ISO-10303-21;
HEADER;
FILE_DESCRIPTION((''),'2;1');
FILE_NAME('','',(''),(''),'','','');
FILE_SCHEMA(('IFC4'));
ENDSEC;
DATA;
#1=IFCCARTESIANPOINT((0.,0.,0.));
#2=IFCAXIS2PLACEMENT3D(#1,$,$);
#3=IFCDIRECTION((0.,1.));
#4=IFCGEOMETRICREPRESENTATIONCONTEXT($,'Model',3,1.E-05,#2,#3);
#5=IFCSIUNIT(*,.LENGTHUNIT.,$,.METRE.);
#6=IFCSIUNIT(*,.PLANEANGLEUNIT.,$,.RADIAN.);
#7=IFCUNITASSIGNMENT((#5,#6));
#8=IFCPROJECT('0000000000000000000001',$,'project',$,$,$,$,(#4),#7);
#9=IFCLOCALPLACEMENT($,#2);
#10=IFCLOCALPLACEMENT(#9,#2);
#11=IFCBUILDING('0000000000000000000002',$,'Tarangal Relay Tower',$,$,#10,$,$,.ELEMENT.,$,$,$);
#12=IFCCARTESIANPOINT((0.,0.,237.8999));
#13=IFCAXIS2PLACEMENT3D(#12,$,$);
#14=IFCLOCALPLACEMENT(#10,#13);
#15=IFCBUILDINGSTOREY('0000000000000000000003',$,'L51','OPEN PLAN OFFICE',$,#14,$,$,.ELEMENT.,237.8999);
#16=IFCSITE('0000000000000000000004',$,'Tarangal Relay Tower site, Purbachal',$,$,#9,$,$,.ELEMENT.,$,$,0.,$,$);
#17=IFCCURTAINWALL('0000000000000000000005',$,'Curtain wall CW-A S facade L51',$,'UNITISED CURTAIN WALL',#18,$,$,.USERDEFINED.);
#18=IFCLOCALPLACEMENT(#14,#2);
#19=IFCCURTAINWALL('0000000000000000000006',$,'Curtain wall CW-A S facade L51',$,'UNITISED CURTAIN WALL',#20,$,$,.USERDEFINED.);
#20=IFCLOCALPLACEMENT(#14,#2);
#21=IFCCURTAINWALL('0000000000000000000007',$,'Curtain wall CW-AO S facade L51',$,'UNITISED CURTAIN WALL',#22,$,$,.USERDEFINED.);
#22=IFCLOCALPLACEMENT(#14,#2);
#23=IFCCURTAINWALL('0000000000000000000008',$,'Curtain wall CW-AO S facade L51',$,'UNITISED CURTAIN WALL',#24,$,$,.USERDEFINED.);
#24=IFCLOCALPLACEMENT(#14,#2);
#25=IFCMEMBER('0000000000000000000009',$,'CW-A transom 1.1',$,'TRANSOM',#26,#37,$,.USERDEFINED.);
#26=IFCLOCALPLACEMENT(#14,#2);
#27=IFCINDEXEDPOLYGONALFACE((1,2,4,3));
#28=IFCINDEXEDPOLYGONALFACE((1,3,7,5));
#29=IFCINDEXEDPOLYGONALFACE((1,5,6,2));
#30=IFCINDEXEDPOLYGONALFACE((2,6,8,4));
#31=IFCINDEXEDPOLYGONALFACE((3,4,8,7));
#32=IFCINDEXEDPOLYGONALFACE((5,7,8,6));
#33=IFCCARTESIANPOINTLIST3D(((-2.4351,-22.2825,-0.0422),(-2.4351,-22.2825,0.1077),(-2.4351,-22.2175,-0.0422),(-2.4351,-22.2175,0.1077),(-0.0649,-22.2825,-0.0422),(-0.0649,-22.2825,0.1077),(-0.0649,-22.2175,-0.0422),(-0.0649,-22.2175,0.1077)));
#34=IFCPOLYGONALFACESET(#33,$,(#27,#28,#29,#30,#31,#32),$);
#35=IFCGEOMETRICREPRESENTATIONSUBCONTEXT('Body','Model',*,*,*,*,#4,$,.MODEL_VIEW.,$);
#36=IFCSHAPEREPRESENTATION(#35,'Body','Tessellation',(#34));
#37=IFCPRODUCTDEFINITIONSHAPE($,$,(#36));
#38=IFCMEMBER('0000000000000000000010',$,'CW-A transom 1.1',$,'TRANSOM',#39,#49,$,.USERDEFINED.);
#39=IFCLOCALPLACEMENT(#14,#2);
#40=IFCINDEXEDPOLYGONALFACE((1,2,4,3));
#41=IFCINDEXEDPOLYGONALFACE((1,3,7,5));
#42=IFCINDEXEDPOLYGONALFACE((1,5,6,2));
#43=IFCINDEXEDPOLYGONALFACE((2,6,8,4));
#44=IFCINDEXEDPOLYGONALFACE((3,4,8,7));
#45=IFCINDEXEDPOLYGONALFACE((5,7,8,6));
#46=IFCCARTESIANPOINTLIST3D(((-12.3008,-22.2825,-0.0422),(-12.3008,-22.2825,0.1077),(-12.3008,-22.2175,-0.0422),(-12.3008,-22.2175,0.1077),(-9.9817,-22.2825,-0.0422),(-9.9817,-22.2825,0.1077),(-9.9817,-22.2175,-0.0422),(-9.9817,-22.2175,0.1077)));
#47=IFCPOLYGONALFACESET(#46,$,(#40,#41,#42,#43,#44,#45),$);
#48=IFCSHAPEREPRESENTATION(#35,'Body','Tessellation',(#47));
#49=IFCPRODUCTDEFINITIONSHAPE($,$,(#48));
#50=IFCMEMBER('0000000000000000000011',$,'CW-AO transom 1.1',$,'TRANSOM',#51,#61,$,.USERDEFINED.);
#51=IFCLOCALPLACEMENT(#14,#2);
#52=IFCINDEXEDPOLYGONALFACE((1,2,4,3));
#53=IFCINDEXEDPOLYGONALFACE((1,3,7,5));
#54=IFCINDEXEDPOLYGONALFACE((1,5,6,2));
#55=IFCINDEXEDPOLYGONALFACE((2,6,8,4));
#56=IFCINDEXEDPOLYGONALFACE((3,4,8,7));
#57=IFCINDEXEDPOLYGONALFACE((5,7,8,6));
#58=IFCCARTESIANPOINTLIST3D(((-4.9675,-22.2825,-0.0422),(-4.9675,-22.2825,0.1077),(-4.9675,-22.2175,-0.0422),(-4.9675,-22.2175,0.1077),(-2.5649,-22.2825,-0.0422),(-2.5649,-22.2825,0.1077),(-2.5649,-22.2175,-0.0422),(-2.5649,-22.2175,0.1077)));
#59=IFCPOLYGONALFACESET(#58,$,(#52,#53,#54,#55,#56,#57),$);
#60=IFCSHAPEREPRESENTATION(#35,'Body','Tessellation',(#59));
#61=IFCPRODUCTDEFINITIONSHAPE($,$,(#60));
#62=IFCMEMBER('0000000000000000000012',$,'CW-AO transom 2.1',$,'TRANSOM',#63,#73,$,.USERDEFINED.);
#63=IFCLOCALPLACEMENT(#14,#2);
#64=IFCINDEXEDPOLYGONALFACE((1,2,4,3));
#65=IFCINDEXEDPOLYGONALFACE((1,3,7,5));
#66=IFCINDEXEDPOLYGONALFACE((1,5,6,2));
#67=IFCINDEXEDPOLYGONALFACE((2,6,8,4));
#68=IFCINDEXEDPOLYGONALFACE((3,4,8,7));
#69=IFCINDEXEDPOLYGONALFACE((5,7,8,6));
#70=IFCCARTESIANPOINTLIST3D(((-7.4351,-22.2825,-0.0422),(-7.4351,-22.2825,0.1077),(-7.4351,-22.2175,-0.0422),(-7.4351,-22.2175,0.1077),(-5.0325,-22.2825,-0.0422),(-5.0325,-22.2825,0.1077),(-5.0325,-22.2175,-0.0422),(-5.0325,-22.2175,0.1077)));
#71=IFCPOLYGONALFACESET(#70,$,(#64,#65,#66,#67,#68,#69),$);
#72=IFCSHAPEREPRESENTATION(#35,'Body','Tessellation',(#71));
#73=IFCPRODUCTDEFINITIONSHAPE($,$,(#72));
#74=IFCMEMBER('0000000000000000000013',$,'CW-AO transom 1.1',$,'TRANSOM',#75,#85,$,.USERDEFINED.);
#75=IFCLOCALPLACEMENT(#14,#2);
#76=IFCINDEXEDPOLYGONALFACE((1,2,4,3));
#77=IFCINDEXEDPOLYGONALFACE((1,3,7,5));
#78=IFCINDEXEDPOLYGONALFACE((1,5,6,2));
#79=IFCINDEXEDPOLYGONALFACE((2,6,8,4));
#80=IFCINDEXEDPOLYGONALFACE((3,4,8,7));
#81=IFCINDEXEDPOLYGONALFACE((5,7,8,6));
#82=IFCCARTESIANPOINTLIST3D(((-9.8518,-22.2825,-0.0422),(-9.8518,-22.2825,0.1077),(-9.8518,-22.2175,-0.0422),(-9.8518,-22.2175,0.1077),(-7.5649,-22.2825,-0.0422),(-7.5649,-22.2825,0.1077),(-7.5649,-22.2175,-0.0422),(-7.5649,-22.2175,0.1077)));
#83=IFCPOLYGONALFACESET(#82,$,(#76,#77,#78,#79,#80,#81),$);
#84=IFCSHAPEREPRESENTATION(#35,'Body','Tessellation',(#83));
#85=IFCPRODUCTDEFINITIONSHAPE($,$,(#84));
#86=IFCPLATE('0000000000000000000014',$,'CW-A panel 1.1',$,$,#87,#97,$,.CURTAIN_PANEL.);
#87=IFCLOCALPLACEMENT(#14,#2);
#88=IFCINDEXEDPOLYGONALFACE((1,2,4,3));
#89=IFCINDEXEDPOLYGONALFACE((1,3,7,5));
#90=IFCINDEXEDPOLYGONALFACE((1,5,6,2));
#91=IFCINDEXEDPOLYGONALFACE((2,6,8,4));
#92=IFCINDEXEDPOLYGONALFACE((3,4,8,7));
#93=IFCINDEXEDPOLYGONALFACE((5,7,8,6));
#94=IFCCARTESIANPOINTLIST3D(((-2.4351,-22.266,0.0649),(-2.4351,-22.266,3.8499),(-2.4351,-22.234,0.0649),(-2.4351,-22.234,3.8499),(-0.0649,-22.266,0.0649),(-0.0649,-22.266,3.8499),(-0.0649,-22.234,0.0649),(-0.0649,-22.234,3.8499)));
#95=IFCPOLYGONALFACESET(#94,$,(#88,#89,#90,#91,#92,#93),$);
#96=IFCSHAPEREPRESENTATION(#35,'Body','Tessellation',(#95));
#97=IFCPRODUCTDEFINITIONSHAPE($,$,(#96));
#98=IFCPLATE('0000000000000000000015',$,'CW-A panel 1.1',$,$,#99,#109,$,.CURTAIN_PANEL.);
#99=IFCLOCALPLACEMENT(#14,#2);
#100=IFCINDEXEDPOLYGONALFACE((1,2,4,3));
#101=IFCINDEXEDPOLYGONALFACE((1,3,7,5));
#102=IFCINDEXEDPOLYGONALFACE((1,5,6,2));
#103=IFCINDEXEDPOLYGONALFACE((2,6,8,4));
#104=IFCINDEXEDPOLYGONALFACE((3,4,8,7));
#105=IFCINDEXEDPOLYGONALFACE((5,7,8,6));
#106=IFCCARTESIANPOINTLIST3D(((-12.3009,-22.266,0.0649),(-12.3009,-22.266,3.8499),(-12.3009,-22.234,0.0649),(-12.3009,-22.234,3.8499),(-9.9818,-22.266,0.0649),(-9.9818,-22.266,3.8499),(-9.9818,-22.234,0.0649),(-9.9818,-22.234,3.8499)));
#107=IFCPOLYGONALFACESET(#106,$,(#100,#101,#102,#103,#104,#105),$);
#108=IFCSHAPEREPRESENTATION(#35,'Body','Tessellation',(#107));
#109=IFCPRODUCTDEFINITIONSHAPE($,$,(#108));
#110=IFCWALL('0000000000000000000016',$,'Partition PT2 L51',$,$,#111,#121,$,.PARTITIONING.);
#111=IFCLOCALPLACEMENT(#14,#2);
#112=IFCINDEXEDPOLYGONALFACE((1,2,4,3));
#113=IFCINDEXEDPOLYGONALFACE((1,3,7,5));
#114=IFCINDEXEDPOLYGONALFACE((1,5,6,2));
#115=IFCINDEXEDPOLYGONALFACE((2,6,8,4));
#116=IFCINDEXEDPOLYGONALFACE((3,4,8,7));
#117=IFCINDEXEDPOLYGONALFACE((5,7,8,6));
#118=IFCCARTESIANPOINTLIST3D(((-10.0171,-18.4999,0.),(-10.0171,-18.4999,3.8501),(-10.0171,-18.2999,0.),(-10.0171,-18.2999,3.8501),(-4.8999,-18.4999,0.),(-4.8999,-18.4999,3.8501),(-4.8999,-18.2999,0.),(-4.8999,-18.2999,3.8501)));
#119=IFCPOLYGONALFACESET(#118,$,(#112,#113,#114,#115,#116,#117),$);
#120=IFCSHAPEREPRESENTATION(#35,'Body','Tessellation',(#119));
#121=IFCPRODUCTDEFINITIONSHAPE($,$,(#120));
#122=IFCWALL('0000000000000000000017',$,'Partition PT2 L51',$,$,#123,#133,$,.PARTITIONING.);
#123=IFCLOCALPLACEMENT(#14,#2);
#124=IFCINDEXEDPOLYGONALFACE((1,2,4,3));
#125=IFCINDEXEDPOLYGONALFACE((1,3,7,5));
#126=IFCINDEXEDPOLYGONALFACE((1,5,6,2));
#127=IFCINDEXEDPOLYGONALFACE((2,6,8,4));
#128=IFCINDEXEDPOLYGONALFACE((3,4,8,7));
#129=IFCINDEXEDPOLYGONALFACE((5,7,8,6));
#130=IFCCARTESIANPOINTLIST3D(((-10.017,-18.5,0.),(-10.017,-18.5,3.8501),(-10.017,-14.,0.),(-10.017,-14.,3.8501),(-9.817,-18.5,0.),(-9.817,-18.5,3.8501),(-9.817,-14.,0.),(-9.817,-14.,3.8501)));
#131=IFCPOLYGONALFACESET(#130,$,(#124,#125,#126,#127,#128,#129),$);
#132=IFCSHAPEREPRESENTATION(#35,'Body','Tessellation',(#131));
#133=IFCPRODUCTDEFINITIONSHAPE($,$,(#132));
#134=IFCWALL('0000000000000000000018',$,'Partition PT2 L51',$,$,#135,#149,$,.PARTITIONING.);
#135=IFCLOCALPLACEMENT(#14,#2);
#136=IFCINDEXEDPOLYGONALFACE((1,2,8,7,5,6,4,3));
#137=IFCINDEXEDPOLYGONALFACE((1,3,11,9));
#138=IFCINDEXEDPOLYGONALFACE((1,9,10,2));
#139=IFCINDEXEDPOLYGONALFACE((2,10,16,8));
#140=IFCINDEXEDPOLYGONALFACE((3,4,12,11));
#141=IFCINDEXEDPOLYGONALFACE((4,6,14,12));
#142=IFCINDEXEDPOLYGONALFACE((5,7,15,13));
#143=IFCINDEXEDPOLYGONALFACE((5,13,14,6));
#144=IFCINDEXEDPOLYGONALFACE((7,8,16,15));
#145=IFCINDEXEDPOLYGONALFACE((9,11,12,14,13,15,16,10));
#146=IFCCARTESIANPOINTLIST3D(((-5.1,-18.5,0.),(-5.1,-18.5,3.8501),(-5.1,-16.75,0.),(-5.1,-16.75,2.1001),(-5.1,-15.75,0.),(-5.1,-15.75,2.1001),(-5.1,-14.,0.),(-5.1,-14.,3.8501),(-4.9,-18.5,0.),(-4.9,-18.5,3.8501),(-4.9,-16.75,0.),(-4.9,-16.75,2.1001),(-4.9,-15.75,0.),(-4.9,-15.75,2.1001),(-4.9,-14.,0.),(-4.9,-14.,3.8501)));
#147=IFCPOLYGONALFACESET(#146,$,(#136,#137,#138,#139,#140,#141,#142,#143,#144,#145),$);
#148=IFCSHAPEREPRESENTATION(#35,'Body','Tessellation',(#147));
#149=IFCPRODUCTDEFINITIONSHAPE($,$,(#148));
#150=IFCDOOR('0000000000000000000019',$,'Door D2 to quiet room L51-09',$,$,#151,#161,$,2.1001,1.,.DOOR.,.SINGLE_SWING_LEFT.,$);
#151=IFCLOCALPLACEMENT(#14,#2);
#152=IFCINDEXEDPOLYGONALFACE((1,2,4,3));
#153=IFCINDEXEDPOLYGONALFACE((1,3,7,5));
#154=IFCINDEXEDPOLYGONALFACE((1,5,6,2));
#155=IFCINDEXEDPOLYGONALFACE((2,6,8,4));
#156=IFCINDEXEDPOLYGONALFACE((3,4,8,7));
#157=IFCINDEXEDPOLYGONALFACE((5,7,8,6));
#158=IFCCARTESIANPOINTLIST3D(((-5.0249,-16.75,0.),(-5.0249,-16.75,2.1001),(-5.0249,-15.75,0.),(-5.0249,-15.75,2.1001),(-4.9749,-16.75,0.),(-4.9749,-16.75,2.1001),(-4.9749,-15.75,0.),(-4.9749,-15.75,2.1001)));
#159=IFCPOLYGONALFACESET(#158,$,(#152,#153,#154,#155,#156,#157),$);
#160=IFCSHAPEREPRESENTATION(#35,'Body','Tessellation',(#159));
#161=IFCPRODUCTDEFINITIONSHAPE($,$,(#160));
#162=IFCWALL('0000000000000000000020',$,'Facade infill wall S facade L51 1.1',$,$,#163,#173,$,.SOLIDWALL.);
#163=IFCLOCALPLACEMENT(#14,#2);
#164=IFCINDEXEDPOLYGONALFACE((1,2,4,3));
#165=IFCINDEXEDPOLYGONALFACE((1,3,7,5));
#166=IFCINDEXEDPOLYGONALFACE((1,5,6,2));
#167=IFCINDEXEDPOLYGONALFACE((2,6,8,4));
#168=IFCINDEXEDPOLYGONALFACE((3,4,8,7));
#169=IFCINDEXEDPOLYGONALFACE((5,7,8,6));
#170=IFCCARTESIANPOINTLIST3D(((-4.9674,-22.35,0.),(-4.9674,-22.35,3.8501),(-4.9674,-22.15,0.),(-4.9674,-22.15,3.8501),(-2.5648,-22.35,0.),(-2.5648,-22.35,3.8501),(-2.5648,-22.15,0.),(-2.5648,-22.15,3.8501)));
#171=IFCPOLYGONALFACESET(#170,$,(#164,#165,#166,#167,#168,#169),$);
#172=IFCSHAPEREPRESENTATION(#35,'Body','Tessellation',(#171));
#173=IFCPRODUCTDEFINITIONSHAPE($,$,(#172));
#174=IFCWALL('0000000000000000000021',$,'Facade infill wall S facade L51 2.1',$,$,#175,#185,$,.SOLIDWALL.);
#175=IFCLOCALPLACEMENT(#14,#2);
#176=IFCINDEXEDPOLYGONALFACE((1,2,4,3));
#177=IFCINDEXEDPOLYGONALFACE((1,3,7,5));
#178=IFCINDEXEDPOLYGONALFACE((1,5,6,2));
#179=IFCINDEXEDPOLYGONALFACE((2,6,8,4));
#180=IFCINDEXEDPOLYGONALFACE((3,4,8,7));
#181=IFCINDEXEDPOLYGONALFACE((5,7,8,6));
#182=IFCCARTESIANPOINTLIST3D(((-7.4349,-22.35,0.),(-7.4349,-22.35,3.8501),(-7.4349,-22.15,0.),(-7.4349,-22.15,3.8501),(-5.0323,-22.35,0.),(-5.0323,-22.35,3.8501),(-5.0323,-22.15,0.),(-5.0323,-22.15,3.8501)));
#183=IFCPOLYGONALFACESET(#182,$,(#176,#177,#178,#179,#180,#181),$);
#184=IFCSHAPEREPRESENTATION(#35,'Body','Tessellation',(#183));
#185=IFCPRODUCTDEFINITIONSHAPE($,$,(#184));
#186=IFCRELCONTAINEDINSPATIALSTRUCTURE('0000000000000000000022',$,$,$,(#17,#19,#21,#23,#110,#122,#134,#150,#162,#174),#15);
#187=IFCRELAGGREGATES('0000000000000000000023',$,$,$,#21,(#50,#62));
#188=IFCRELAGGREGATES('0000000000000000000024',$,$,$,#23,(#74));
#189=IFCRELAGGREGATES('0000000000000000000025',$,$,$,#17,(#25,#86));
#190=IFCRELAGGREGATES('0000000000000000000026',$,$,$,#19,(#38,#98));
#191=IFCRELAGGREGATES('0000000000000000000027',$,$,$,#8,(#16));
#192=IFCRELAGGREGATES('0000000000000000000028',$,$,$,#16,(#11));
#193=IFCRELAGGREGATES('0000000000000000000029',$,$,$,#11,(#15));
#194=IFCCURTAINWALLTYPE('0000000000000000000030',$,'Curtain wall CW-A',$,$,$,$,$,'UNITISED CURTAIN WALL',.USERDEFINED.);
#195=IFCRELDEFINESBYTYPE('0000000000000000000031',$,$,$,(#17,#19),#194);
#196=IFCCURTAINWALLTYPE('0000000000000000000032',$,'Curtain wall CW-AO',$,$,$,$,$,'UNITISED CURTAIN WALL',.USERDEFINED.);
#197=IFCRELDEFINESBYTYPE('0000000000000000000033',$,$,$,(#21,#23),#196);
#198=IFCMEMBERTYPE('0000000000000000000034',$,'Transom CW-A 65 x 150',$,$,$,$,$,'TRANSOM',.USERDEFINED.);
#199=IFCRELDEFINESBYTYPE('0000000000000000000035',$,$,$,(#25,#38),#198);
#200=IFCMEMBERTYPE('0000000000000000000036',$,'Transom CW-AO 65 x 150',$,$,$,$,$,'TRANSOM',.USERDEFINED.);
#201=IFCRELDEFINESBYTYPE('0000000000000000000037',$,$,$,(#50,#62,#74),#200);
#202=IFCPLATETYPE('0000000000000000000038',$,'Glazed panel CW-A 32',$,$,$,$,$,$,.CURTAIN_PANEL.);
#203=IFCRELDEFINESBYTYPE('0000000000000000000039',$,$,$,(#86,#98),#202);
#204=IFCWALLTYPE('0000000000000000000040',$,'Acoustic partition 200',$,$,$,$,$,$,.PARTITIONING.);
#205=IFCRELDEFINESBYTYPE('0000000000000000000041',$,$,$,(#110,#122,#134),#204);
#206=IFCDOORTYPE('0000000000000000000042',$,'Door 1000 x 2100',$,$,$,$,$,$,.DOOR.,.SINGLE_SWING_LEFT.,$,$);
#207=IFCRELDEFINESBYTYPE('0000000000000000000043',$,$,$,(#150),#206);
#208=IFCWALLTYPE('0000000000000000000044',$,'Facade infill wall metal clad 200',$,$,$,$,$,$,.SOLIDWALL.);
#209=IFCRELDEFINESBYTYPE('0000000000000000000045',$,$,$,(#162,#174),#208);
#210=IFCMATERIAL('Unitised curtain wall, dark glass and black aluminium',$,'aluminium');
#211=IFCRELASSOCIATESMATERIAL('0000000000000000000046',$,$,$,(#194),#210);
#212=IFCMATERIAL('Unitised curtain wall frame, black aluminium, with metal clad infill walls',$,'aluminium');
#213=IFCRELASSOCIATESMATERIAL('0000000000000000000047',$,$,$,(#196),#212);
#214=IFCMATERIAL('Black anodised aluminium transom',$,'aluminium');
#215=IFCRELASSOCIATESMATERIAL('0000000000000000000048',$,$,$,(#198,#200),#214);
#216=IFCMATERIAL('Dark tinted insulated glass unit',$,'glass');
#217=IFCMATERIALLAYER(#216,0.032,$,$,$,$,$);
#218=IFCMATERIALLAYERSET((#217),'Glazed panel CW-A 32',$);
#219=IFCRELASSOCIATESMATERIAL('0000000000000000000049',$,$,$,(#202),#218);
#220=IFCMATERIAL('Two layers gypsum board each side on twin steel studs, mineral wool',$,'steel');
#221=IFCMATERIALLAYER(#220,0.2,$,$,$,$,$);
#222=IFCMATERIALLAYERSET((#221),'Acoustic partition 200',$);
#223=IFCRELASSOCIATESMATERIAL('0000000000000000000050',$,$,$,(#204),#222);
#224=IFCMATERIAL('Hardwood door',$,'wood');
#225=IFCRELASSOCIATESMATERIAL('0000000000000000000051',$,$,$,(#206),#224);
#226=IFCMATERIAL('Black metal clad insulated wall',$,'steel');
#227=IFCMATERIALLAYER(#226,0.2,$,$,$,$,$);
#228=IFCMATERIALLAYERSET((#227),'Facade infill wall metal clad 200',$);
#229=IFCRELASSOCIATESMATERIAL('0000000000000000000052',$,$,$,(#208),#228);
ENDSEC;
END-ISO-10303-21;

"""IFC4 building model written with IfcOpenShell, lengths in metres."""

from ifc_helpers import new_model, si_unit, direction, frame, frame_2d, origin, origin_2d, place, context, subcontext, project, spatial, rectangle, extrude, material, layer, layer_set, material_profile, profile_set, type_object, element, fill, aggregate, save


model = new_model("IFC4")

# Units and contexts
model_context = context("Model", 3, precision=1e-05, world=origin(), true_north=direction((0.0, 1.0)))
body_context = subcontext(model_context, "Body", "Model", "MODEL_VIEW")
ifc_project = project(units=[si_unit("LENGTHUNIT", "METRE"), si_unit("PLANEANGLEUNIT", "RADIAN")], contexts=[model_context])

# Site, building, storey
site_placement = place(None, origin())
site = spatial("IfcSite", under=ifc_project, at=site_placement, Name="Tarangal Relay Tower site, Purbachal", CompositionType="ELEMENT", RefElevation=0.0)
building_placement = place(site_placement, origin())
building = spatial("IfcBuilding", under=site, at=building_placement, Name="Tarangal Relay Tower", CompositionType="ELEMENT")
storey_placement = place(building_placement, frame((0.0, 0.0, 237.8999)))
storey = spatial("IfcBuildingStorey", under=building, at=storey_placement, Name="L51", Description="OPEN PLAN OFFICE", CompositionType="ELEMENT", Elevation=237.8999)

# Curtain wall
ifc_material_1 = material(Name="Unitised curtain wall, dark glass and black aluminium", Category="aluminium")
curtain_wall_type_1 = type_object("IfcCurtainWallType", Name="Curtain wall CW-A", ElementType="UNITISED CURTAIN WALL", PredefinedType="USERDEFINED", material=ifc_material_1)
curtain_wall_1_placement = place(storey_placement, origin())
curtain_wall_1 = element("IfcCurtainWall", 1, at=curtain_wall_1_placement, inside=storey, type_object=curtain_wall_type_1, Name="Curtain wall CW-A S facade L51", ObjectType="UNITISED CURTAIN WALL", PredefinedType="USERDEFINED")

# Curtain wall
curtain_wall_2_placement = place(storey_placement, origin())
curtain_wall_2 = element("IfcCurtainWall", 2, at=curtain_wall_2_placement, inside=storey, type_object=curtain_wall_type_1, Name="Curtain wall CW-A S facade L51", ObjectType="UNITISED CURTAIN WALL", PredefinedType="USERDEFINED")

# Curtain walls
ifc_material_2 = material(Name="Unitised curtain wall frame, black aluminium, with metal clad infill walls", Category="aluminium")
curtain_wall_type_2 = type_object("IfcCurtainWallType", Name="Curtain wall CW-AO", ElementType="UNITISED CURTAIN WALL", PredefinedType="USERDEFINED", material=ifc_material_2)
curtain_wall_3_placement = place(storey_placement, origin())
curtain_wall_3 = element("IfcCurtainWall", 3, at=curtain_wall_3_placement, inside=storey, type_object=curtain_wall_type_2, Name="Curtain wall CW-AO S facade L51", ObjectType="UNITISED CURTAIN WALL", PredefinedType="USERDEFINED")
curtain_wall_4_placement = place(storey_placement, origin())
curtain_wall_4 = element("IfcCurtainWall", 4, at=curtain_wall_4_placement, inside=storey, type_object=curtain_wall_type_2, Name="Curtain wall CW-AO S facade L51", ObjectType="UNITISED CURTAIN WALL", PredefinedType="USERDEFINED")

# Members
ifc_material_3 = material(Name="Black anodised aluminium transom", Category="aluminium")
ifc_material_profile_1 = material_profile(ifc_material_3, rectangle(XDim=0.0649, YDim=0.1499, at=origin_2d()), Name="CW-AT 65X150")
ifc_profile_set_1 = profile_set([ifc_material_profile_1], Name="Black anodised aluminium transom")
member_type_1 = type_object("IfcMemberType", Name="Transom CW-A 65 x 150", ElementType="TRANSOM", PredefinedType="USERDEFINED", material=ifc_profile_set_1)
member_1_placement = place(storey_placement, frame((-0.0649, -22.25, 0.0327), z_axis=(-1.0, 0.0, 0.0), x_axis=(0.0, -1.0, 0.0)))
member_1 = element("IfcMember", 5, at=member_1_placement, type_object=member_type_1, Name="CW-A transom 1.1", ObjectType="TRANSOM", PredefinedType="USERDEFINED", context=body_context, shape_type="SweptSolid", body=[
    extrude(rectangle(XDim=0.0649, YDim=0.1499, at=origin_2d()), origin(), (0.0, 0.0, 1.0), 2.3701),
])
member_2_placement = place(storey_placement, frame((-9.9817, -22.25, 0.0327), z_axis=(-1.0, 0.0, 0.0), x_axis=(0.0, -1.0, 0.0)))
member_2 = element("IfcMember", 6, at=member_2_placement, type_object=member_type_1, Name="CW-A transom 1.1", ObjectType="TRANSOM", PredefinedType="USERDEFINED", context=body_context, shape_type="SweptSolid", body=[
    extrude(rectangle(XDim=0.0649, YDim=0.1499, at=origin_2d()), origin(), (0.0, 0.0, 1.0), 2.3191),
])
ifc_material_profile_2 = material_profile(ifc_material_3, rectangle(XDim=0.0649, YDim=0.1499, at=origin_2d()), Name="CW-AOT 65X150")
ifc_profile_set_2 = profile_set([ifc_material_profile_2], Name="Black anodised aluminium transom")
member_type_2 = type_object("IfcMemberType", Name="Transom CW-AO 65 x 150", ElementType="TRANSOM", PredefinedType="USERDEFINED", material=ifc_profile_set_2)
member_3_placement = place(storey_placement, frame((-2.5649, -22.25, 0.0327), z_axis=(-1.0, 0.0, 0.0), x_axis=(0.0, -1.0, 0.0)))
member_3 = element("IfcMember", 7, at=member_3_placement, type_object=member_type_2, Name="CW-AO transom 1.1", ObjectType="TRANSOM", PredefinedType="USERDEFINED", context=body_context, shape_type="SweptSolid", body=[
    extrude(rectangle(XDim=0.0649, YDim=0.1499, at=origin_2d()), origin(), (0.0, 0.0, 1.0), 2.4026),
])
member_4_placement = place(storey_placement, frame((-5.0325, -22.25, 0.0327), z_axis=(-1.0, 0.0, 0.0), x_axis=(0.0, -1.0, 0.0)))
member_4 = element("IfcMember", 8, at=member_4_placement, type_object=member_type_2, Name="CW-AO transom 2.1", ObjectType="TRANSOM", PredefinedType="USERDEFINED", context=body_context, shape_type="SweptSolid", body=[
    extrude(rectangle(XDim=0.0649, YDim=0.1499, at=origin_2d()), origin(), (0.0, 0.0, 1.0), 2.4026),
])
aggregate(curtain_wall_3, [member_3, member_4])
member_5_placement = place(storey_placement, frame((-7.5649, -22.25, 0.0327), z_axis=(-1.0, 0.0, 0.0), x_axis=(0.0, -1.0, 0.0)))
member_5 = element("IfcMember", 9, at=member_5_placement, type_object=member_type_2, Name="CW-AO transom 1.1", ObjectType="TRANSOM", PredefinedType="USERDEFINED", context=body_context, shape_type="SweptSolid", body=[
    extrude(rectangle(XDim=0.0649, YDim=0.1499, at=origin_2d()), origin(), (0.0, 0.0, 1.0), 2.2869),
])
aggregate(curtain_wall_4, [member_5])

# Plates
ifc_material_4 = material(Name="Dark tinted insulated glass unit", Category="glass")
ifc_layer_1 = layer(ifc_material_4, 0.032)
ifc_layer_set_1 = layer_set([ifc_layer_1], Name="Glazed panel CW-A 32")
plate_type = type_object("IfcPlateType", Name="Glazed panel CW-A 32", PredefinedType="CURTAIN_PANEL", material=ifc_layer_set_1)
plate_1_placement = place(storey_placement, frame((-1.25, -22.25, 0.0649), z_axis=(0.0, 0.0, 1.0), x_axis=(-1.0, 0.0, 0.0)))
plate_1 = element("IfcPlate", 10, at=plate_1_placement, type_object=plate_type, Name="CW-A panel 1.1", PredefinedType="CURTAIN_PANEL", context=body_context, shape_type="SweptSolid", body=[
    extrude(rectangle(XDim=2.3701, YDim=0.032, at=origin_2d()), origin(), (0.0, 0.0, 1.0), 3.7849),
])
aggregate(curtain_wall_1, [member_1, plate_1])
plate_2_placement = place(storey_placement, frame((-11.1414, -22.25, 0.0649), z_axis=(0.0, 0.0, 1.0), x_axis=(-1.0, 0.0, 0.0)))
plate_2 = element("IfcPlate", 11, at=plate_2_placement, type_object=plate_type, Name="CW-A panel 1.1", PredefinedType="CURTAIN_PANEL", context=body_context, shape_type="SweptSolid", body=[
    extrude(rectangle(XDim=2.3191, YDim=0.032, at=origin_2d()), origin(), (0.0, 0.0, 1.0), 3.7849),
])
aggregate(curtain_wall_2, [member_2, plate_2])

# Walls
ifc_material_5 = material(Name="Two layers gypsum board each side on twin steel studs, mineral wool", Category="steel")
ifc_layer_2 = layer(ifc_material_5, 0.2)
ifc_layer_set_2 = layer_set([ifc_layer_2], Name="Acoustic partition 200")
wall_type_1 = type_object("IfcWallType", Name="Acoustic partition 200", PredefinedType="PARTITIONING", material=ifc_layer_set_2)
wall_1_placement = place(storey_placement, frame((-10.0171, -18.3999, 0.0), z_axis=(0.0, 0.0, 1.0), x_axis=(1.0, 0.0, 0.0)))
element("IfcWall", 12, at=wall_1_placement, inside=storey, type_object=wall_type_1, Name="Partition PT2 L51", PredefinedType="PARTITIONING", context=body_context, shape_type="SweptSolid", body=[
    extrude(rectangle(XDim=5.1172, YDim=0.2, at=frame_2d((2.5586, 0.0))), origin(), (0.0, 0.0, 1.0), 3.8501),
])
wall_2_placement = place(storey_placement, frame((-9.917, -18.5, 0.0), z_axis=(0.0, 0.0, 1.0), x_axis=(0.0, 1.0, 0.0)))
element("IfcWall", 13, at=wall_2_placement, inside=storey, type_object=wall_type_1, Name="Partition PT2 L51", PredefinedType="PARTITIONING", context=body_context, shape_type="SweptSolid", body=[
    extrude(rectangle(XDim=4.5, YDim=0.2, at=frame_2d((2.25, 0.0))), origin(), (0.0, 0.0, 1.0), 3.8501),
])

# Wall, opening, door
wall_3_placement = place(storey_placement, frame((-5.0, -18.5, 0.0), z_axis=(0.0, 0.0, 1.0), x_axis=(0.0, 1.0, 0.0)))
wall_3 = element("IfcWall", 14, at=wall_3_placement, inside=storey, type_object=wall_type_1, Name="Partition PT2 L51", PredefinedType="PARTITIONING", context=body_context, shape_type="SweptSolid", body=[
    extrude(rectangle(XDim=4.5, YDim=0.2, at=frame_2d((2.25, 0.0))), origin(), (0.0, 0.0, 1.0), 3.8501),
])
opening_placement = place(wall_3_placement, frame((1.75, 0.0, 0.0)))
opening = element("IfcOpeningElement", 15, at=opening_placement, cuts=wall_3, PredefinedType="OPENING", context=body_context, shape_type="SweptSolid", body=[
    extrude(rectangle(XDim=1.0, YDim=2.1001, at=frame_2d((0.5, 1.05))), frame((0.0, 0.1099, 0.0), z_axis=(0.0, -1.0, 0.0), x_axis=(1.0, 0.0, 0.0)), (0.0, 0.0, 1.0), 0.22),
])
ifc_material_6 = material(Name="Hardwood door", Category="wood")
door_type = type_object("IfcDoorType", Name="Door 1000 x 2100", OperationType="SINGLE_SWING_LEFT", PredefinedType="DOOR", material=ifc_material_6)
door_placement = place(opening_placement, origin())
door = element("IfcDoor", 16, at=door_placement, inside=storey, type_object=door_type, Name="Door D2 to quiet room L51-09", OperationType="SINGLE_SWING_LEFT", OverallHeight=2.1001, OverallWidth=1.0, PredefinedType="DOOR", context=body_context, shape_type="SweptSolid", body=[
    extrude(rectangle(XDim=1.0, YDim=2.1001, at=frame_2d((0.5, 1.05))), frame((0.0, 0.0249, 0.0), z_axis=(0.0, -1.0, 0.0), x_axis=(1.0, 0.0, 0.0)), (0.0, 0.0, 1.0), 0.05),
])
fill(opening, door)

# Walls
ifc_material_7 = material(Name="Black metal clad insulated wall", Category="steel")
ifc_layer_3 = layer(ifc_material_7, 0.2)
ifc_layer_set_3 = layer_set([ifc_layer_3], Name="Facade infill wall metal clad 200")
wall_type_2 = type_object("IfcWallType", Name="Facade infill wall metal clad 200", PredefinedType="SOLIDWALL", material=ifc_layer_set_3)
for number, where, z_axis, x_axis, name in (
    (17, (-2.5649, -22.25, 0.0), (0.0, 0.0, 1.0), (-1.0, 0.0, 0.0), "Facade infill wall S facade L51 1.1"),
    (18, (-5.0325, -22.25, 0.0), (0.0, 0.0, 1.0), (-1.0, 0.0, 0.0), "Facade infill wall S facade L51 2.1"),
):
    element("IfcWall", number, at=place(storey_placement, frame(where, z_axis=z_axis, x_axis=x_axis)), inside=storey, type_object=wall_type_2, Name=name, PredefinedType="SOLIDWALL", context=body_context, shape_type="SweptSolid", body=[
        extrude(rectangle(XDim=2.4026, YDim=0.2, at=frame_2d((1.2012, 0.0))), origin(), (0.0, 0.0, 1.0), 3.8501),
    ])

save(model, "model.ifc")
